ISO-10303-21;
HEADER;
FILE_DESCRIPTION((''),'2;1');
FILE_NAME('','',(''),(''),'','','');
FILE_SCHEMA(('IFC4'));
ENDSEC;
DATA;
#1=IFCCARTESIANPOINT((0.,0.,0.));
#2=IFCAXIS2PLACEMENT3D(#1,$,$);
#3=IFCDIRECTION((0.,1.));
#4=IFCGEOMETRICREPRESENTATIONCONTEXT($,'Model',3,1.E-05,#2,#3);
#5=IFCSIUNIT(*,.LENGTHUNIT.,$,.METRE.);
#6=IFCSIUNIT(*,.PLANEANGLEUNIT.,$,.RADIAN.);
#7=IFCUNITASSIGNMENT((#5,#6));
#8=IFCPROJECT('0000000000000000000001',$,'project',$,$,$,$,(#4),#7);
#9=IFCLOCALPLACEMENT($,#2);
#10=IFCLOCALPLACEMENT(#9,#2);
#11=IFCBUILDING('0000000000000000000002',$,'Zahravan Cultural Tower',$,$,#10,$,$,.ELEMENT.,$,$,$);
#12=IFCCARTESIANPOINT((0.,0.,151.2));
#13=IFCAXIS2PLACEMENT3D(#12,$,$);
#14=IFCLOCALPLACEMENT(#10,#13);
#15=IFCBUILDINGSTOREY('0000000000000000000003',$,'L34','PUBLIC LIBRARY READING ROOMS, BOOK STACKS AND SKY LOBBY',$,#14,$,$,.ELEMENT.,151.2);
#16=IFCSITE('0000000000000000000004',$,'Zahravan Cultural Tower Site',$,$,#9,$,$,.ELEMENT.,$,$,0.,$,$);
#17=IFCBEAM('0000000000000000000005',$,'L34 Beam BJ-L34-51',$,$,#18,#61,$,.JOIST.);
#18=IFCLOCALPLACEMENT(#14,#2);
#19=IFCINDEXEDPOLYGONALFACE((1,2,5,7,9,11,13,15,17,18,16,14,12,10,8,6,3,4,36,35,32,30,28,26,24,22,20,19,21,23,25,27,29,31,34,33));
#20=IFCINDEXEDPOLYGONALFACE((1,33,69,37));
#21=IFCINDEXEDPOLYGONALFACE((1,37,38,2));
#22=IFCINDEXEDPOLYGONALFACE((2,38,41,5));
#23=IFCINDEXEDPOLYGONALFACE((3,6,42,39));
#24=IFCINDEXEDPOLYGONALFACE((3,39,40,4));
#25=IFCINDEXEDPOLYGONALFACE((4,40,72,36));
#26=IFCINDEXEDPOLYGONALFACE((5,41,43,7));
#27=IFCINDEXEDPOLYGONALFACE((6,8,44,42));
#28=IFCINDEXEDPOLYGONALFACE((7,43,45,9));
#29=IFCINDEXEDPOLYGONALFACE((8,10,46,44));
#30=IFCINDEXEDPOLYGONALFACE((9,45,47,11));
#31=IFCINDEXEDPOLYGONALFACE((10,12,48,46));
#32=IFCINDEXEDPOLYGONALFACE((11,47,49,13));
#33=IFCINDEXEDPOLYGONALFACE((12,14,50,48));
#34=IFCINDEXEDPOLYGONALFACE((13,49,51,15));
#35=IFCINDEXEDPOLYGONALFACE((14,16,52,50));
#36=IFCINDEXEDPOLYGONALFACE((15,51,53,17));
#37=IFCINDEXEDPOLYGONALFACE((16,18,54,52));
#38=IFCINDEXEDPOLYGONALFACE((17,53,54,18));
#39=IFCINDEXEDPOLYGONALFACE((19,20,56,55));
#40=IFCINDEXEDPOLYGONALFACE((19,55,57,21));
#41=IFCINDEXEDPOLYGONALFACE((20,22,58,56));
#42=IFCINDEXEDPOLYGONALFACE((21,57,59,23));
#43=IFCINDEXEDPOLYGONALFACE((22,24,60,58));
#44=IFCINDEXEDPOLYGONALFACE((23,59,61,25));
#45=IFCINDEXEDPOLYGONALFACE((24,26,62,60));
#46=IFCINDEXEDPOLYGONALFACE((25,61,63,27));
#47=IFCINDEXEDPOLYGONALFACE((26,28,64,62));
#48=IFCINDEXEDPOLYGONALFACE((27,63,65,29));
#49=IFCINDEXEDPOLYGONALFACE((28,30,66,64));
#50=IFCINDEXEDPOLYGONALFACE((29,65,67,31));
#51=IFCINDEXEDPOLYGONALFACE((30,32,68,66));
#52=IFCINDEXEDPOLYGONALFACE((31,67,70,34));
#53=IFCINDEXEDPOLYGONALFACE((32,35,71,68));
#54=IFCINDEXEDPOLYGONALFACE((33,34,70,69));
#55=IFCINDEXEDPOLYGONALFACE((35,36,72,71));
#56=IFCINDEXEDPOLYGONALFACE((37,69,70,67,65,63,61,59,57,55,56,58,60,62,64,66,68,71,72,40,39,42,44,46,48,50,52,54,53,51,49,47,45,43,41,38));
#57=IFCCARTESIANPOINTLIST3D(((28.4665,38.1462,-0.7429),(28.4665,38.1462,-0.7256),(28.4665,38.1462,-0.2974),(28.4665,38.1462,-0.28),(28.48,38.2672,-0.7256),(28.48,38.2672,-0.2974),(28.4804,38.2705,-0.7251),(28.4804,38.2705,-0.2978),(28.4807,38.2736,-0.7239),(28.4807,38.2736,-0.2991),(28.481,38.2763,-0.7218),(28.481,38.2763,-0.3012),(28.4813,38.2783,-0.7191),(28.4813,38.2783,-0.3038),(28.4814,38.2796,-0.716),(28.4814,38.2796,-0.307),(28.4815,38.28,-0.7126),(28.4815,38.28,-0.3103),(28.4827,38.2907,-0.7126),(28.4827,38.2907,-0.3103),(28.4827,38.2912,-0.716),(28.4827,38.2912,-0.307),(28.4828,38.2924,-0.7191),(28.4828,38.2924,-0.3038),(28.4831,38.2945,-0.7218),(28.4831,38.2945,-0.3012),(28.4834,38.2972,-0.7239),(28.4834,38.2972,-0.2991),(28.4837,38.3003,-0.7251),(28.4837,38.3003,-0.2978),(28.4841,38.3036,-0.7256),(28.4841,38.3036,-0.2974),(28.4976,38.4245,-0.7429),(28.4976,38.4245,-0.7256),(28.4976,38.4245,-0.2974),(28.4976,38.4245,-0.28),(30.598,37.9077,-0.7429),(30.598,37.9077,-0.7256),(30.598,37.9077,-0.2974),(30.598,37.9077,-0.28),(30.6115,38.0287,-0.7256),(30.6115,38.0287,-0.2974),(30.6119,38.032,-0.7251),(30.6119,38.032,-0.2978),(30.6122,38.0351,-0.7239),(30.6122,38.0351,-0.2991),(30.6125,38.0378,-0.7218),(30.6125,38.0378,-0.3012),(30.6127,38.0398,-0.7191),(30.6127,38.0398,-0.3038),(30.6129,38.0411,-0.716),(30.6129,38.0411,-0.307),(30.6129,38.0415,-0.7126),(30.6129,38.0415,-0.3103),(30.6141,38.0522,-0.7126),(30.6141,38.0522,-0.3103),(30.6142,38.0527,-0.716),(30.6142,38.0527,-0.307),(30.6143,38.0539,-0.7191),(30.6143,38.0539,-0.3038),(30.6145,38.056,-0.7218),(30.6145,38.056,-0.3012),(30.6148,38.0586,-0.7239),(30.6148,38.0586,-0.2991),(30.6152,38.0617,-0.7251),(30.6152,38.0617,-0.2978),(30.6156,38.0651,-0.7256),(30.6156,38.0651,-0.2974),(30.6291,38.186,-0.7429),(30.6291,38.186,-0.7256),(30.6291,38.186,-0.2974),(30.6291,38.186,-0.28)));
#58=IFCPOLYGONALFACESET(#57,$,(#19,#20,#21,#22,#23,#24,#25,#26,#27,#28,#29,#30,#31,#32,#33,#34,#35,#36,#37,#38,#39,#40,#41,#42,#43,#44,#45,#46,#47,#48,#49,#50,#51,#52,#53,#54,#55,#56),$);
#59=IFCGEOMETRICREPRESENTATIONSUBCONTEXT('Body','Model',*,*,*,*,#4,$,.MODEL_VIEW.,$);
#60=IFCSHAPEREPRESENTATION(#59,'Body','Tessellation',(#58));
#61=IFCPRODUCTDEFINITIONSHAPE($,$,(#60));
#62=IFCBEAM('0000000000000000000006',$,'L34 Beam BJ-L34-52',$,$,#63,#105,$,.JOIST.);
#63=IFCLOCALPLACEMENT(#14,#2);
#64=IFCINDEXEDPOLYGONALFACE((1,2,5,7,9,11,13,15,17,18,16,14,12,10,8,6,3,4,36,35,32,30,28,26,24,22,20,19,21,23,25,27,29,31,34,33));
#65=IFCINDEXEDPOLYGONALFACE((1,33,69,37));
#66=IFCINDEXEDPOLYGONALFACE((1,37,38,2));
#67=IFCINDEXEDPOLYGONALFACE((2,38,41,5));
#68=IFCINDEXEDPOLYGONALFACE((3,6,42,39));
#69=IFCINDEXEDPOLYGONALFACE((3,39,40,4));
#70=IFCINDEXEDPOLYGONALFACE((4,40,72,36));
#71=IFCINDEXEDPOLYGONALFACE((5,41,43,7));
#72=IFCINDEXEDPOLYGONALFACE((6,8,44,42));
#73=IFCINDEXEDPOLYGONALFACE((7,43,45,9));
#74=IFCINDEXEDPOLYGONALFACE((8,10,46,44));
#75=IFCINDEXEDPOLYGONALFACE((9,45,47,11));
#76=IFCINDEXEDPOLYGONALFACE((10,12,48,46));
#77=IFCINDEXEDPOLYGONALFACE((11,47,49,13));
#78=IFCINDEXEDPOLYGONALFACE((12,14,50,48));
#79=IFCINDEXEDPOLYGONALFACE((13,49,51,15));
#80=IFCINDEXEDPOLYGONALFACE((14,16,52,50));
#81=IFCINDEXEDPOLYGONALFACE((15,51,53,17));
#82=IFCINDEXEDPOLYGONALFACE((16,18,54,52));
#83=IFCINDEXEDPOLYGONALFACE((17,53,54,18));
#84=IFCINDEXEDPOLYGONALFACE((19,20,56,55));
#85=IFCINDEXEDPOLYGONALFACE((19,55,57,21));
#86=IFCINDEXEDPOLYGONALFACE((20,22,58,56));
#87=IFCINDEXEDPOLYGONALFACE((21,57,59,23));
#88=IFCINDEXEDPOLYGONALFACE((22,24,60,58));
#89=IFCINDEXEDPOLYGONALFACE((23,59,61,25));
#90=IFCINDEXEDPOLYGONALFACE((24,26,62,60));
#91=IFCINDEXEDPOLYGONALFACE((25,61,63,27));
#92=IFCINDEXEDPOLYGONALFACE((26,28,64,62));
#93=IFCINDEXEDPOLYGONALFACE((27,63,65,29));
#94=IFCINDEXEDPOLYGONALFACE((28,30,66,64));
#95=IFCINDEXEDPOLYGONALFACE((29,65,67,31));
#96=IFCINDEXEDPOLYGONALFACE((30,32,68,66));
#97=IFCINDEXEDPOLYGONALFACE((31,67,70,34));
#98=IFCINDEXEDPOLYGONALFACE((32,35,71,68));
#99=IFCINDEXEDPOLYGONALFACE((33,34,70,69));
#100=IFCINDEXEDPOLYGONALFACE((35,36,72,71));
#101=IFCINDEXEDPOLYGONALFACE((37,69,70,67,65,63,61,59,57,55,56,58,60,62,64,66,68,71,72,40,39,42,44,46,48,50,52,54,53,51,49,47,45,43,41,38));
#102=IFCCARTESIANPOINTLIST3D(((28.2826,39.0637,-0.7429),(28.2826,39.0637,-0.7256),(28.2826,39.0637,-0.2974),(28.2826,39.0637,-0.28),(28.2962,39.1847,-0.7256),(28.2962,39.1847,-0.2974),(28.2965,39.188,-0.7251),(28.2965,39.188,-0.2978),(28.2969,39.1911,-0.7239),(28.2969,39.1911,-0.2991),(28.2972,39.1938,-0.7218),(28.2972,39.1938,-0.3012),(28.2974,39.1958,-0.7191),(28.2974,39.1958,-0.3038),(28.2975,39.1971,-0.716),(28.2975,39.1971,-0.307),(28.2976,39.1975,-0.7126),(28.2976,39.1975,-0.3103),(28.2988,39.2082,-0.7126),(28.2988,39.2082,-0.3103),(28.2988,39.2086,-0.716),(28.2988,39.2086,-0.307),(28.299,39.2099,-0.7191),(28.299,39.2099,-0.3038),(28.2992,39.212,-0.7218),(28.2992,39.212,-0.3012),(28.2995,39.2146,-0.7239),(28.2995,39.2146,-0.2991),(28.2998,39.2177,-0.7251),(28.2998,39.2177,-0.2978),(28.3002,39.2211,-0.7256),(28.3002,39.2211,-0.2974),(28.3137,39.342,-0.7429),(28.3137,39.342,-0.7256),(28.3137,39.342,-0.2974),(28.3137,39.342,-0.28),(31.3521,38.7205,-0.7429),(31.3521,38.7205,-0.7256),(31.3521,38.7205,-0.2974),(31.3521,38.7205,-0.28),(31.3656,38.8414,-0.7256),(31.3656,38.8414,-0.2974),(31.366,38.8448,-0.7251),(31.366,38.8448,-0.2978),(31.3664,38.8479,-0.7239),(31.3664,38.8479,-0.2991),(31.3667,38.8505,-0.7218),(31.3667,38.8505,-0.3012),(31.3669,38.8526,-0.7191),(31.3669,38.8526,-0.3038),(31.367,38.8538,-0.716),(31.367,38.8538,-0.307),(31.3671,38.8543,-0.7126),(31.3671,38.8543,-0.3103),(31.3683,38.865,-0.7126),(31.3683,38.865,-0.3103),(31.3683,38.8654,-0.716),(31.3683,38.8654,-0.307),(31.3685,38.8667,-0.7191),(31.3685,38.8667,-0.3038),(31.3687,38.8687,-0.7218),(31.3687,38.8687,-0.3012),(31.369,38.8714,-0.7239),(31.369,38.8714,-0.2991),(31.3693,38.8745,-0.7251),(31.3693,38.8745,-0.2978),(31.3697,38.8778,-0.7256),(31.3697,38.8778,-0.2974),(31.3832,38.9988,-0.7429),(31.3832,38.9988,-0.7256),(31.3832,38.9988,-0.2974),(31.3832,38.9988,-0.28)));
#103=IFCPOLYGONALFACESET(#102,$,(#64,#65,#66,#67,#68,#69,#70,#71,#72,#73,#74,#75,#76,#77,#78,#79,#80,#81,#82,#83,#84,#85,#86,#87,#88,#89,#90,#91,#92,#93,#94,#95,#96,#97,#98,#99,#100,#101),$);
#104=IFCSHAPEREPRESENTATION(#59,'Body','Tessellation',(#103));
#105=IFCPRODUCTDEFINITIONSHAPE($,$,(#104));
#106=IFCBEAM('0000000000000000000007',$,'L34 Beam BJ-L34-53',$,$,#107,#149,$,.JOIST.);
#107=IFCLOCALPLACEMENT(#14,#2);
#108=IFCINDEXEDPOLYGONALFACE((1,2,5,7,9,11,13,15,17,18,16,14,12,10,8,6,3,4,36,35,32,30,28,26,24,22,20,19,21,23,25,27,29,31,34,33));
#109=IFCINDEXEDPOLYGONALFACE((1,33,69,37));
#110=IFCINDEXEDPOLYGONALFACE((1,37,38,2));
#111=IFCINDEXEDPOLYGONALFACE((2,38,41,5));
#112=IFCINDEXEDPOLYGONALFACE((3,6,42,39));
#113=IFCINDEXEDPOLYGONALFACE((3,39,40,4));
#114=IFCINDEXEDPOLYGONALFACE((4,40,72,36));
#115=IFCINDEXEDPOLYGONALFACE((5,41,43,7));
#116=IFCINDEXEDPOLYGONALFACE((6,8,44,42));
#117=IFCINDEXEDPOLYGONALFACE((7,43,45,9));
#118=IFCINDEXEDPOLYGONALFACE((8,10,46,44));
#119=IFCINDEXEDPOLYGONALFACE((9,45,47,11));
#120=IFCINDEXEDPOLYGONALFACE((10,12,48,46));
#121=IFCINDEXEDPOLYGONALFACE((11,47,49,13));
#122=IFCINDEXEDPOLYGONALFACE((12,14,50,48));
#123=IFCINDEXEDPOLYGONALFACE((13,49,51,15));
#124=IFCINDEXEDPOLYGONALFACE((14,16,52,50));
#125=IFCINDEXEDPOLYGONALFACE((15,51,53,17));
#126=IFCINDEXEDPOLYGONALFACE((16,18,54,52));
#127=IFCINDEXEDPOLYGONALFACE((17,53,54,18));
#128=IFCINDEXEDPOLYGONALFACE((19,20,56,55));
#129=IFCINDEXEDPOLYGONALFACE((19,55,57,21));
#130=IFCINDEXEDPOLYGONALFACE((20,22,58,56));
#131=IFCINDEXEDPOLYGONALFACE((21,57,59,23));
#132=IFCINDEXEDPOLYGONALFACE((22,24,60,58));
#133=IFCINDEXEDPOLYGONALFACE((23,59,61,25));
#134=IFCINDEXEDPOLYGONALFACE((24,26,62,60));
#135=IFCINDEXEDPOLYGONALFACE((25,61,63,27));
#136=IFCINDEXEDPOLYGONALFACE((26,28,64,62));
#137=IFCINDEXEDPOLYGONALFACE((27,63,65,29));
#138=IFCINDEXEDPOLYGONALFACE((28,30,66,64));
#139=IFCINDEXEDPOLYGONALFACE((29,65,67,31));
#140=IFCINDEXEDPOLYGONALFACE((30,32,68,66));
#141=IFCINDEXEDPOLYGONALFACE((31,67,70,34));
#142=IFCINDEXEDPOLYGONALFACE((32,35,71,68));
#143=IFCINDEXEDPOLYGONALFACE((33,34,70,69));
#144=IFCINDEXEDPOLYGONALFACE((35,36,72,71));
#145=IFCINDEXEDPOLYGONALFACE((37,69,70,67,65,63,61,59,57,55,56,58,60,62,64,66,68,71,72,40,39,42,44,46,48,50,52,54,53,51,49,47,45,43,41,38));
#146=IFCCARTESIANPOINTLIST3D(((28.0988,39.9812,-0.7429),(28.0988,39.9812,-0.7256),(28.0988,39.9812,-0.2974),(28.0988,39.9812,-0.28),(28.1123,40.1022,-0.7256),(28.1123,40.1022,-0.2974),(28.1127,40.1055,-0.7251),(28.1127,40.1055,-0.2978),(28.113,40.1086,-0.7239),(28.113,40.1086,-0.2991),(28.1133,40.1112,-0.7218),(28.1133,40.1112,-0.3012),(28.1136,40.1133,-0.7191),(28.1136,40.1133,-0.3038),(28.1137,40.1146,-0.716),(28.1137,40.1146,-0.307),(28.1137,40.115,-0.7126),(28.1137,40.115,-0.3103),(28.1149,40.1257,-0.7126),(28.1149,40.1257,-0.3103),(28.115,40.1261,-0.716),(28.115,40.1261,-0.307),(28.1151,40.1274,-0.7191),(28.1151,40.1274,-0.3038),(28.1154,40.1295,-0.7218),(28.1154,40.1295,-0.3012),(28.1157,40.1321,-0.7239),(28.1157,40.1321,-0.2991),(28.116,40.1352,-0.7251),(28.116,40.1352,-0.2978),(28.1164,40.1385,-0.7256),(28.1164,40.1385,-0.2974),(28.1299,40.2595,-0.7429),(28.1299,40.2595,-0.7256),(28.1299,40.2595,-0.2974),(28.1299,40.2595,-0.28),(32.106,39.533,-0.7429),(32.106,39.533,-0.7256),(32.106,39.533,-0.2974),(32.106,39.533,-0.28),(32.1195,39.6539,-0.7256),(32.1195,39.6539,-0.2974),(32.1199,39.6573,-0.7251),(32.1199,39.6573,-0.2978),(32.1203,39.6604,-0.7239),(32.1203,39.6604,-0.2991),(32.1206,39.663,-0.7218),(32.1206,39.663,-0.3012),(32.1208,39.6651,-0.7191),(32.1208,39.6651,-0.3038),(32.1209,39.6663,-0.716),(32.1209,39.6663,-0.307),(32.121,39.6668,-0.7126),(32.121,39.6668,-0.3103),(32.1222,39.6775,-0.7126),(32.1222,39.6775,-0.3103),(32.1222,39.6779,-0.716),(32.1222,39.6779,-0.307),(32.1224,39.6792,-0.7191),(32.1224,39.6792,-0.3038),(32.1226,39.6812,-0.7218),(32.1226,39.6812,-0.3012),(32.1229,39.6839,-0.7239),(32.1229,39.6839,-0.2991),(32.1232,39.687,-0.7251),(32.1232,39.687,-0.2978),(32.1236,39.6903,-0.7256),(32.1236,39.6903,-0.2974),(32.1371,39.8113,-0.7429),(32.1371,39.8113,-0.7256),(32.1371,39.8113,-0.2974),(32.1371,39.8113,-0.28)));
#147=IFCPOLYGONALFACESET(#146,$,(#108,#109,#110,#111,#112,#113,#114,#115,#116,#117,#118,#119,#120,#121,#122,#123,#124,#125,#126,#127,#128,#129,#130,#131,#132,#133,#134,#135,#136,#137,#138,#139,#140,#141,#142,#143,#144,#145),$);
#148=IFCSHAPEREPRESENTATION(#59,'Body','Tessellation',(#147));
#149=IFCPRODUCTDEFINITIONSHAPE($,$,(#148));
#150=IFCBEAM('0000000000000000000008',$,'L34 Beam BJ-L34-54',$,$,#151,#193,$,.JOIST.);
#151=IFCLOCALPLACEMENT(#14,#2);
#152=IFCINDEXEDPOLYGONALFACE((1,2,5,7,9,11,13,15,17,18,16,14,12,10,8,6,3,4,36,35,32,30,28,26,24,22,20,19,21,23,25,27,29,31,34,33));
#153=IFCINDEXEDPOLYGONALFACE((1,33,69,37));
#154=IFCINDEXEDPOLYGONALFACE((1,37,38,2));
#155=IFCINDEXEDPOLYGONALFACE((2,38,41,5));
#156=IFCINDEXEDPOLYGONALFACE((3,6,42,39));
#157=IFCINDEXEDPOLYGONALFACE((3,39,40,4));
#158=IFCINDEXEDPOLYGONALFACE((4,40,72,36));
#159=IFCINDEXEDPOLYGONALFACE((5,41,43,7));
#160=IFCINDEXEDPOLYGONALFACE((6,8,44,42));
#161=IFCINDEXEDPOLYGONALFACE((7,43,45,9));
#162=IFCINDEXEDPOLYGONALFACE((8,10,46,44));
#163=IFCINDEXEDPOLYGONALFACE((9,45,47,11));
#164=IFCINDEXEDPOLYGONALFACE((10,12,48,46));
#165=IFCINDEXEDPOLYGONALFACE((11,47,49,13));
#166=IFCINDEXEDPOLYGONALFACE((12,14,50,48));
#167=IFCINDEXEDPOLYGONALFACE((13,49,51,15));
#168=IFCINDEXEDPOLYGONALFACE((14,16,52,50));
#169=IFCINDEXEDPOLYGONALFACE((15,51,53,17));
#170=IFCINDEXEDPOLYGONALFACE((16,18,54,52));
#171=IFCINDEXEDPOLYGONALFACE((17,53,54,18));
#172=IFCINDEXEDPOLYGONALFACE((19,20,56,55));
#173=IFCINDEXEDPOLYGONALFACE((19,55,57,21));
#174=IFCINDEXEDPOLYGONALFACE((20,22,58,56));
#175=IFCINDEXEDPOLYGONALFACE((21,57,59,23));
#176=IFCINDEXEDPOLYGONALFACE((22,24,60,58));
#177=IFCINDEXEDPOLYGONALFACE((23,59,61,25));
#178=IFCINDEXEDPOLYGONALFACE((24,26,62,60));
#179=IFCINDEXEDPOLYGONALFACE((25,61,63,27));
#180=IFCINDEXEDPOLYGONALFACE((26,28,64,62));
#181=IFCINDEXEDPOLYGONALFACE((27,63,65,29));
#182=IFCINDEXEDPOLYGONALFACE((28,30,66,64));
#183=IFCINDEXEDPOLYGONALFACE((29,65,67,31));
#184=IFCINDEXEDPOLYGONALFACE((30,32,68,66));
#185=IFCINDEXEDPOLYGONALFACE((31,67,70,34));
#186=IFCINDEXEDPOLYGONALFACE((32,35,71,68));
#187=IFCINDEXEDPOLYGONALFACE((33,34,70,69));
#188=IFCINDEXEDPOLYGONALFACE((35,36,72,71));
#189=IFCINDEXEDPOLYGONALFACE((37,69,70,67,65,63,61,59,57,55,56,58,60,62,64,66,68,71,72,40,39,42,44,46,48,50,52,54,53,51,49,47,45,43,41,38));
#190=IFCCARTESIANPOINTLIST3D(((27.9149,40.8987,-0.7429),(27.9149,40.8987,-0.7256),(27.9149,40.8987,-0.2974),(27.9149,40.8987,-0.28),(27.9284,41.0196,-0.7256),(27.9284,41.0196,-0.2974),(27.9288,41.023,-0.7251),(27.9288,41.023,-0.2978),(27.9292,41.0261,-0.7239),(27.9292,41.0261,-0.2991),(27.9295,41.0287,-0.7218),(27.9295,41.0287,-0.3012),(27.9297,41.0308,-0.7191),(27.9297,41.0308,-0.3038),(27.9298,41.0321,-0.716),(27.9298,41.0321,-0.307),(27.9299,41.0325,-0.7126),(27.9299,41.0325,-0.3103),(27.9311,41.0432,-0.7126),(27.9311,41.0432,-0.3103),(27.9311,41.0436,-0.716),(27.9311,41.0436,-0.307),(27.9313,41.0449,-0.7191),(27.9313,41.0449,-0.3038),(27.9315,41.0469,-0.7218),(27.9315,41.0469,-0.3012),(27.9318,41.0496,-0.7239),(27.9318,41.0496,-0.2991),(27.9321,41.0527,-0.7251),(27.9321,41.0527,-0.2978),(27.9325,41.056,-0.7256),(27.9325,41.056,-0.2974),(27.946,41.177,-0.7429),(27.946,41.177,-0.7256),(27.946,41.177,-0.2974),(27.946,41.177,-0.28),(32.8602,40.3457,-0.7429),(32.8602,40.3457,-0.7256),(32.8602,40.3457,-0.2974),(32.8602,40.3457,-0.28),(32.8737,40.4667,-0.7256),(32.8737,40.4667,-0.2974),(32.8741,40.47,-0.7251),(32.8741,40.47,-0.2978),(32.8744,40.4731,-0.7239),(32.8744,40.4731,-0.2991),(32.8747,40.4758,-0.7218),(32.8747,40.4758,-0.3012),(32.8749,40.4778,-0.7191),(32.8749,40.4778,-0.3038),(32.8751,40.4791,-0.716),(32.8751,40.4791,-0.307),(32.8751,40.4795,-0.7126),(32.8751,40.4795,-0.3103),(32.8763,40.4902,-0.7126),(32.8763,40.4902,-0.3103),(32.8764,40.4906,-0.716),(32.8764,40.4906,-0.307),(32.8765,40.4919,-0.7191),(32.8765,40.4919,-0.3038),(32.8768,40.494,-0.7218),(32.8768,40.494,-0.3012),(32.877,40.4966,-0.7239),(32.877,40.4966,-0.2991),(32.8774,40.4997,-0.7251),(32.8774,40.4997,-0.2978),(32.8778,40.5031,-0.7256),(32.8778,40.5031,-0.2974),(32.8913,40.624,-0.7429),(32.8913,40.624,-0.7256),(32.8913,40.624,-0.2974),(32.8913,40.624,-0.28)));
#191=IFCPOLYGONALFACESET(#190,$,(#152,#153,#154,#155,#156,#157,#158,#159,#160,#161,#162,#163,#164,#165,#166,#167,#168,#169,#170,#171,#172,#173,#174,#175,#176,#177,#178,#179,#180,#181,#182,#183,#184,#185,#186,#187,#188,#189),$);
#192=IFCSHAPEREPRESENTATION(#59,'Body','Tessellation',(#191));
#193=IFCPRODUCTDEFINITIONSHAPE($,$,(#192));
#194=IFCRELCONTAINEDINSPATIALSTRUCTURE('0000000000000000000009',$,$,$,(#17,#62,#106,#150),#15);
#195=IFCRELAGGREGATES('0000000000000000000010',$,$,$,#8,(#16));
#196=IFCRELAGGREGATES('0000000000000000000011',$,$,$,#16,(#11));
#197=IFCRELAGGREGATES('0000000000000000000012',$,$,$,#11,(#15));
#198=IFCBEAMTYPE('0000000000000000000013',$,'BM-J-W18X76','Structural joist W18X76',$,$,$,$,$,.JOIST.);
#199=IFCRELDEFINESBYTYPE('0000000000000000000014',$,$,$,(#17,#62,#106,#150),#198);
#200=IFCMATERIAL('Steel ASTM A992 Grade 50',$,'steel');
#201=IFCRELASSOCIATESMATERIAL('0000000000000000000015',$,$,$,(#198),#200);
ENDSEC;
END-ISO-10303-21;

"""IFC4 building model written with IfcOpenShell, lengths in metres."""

from ifc_helpers import new_model, si_unit, direction, frame, origin, origin_2d, place, context, subcontext, project, spatial, i_section, extrude, source, transform, mapped, material, material_profile, profile_set, type_object, element, save


model = new_model("IFC4")

# Units and contexts
model_context = context("Model", 3, precision=1e-05, world=origin(), true_north=direction((0.0, 1.0)))
body_context = subcontext(model_context, "Body", "Model", "MODEL_VIEW")
ifc_project = project(units=[si_unit("LENGTHUNIT", "METRE"), si_unit("PLANEANGLEUNIT", "RADIAN")], contexts=[model_context])

# Site, building, storey
site_placement = place(None, origin())
site = spatial("IfcSite", under=ifc_project, at=site_placement, Name="Zahravan Cultural Tower Site", CompositionType="ELEMENT", RefElevation=0.0)
building_placement = place(site_placement, origin())
building = spatial("IfcBuilding", under=site, at=building_placement, Name="Zahravan Cultural Tower", CompositionType="ELEMENT")
storey_placement = place(building_placement, frame((0.0, 0.0, 151.2)))
storey = spatial("IfcBuildingStorey", under=building, at=storey_placement, Name="L34", Description="PUBLIC LIBRARY READING ROOMS, BOOK STACKS AND SKY LOBBY", CompositionType="ELEMENT", Elevation=151.2)

# Shared definitions
ifc_material_1 = material(Name="Steel ASTM A992 Grade 50", Category="steel")

# Beams
ifc_material_profile_1 = material_profile(ifc_material_1, i_section(OverallWidth=0.28, OverallDepth=0.4629, WebThickness=0.0107, FlangeThickness=0.0173, FilletRadius=0.0129, at=origin_2d()), Name="W18X76")
ifc_profile_set_1 = profile_set([ifc_material_profile_1], Name="Steel ASTM A992 Grade 50")
beam_type_1 = type_object("IfcBeamType", Name="BM-J-W18X76", Description="Structural joist W18X76", PredefinedType="JOIST", material=ifc_profile_set_1)
shared_shape_1 = source(origin(), body_context, "Body", "SweptSolid", [
    extrude(i_section(OverallWidth=0.28, OverallDepth=0.4629, WebThickness=0.0107, FlangeThickness=0.0173, FilletRadius=0.0129, at=origin_2d()), origin(), (0.0, 0.0, 1.0), 2.1448),
])
beam_1_placement = place(storey_placement, frame((30.6135, 38.0469, -0.5115), z_axis=(-0.993797, 0.111206, 0.0), x_axis=(-0.111206, -0.993797, 0.0)))
element("IfcBeam", 1, at=beam_1_placement, inside=storey, type_object=beam_type_1, Name="L34 Beam BJ-L34-51", PredefinedType="JOIST", context=body_context, shape_type="MappedRepresentation", body=[
    mapped(shared_shape_1, transform((0.0, 0.0, 0.0), x_axis=(1.0, 0.0, 0.0), y_axis=(0.0, 1.0, 0.0), z_axis=(0.0, 0.0, 1.0), scale=1.0)),
])
shared_shape_2 = source(origin(), body_context, "Body", "SweptSolid", [
    extrude(i_section(OverallWidth=0.28, OverallDepth=0.4629, WebThickness=0.0107, FlangeThickness=0.0173, FilletRadius=0.0129, at=origin_2d()), origin(), (0.0, 0.0, 1.0), 3.0886),
])
beam_2_placement = place(storey_placement, frame((31.3677, 38.8596, -0.5115), z_axis=(-0.993805, 0.111134, 0.0), x_axis=(-0.111134, -0.993805, 0.0)))
element("IfcBeam", 2, at=beam_2_placement, inside=storey, type_object=beam_type_1, Name="L34 Beam BJ-L34-52", PredefinedType="JOIST", context=body_context, shape_type="MappedRepresentation", body=[
    mapped(shared_shape_2, transform((0.0, 0.0, 0.0), x_axis=(1.0, 0.0, 0.0), y_axis=(0.0, 1.0, 0.0), z_axis=(0.0, 0.0, 1.0), scale=1.0)),
])
shared_shape_3 = source(origin(), body_context, "Body", "SweptSolid", [
    extrude(i_section(OverallWidth=0.28, OverallDepth=0.4629, WebThickness=0.0107, FlangeThickness=0.0173, FilletRadius=0.0129, at=origin_2d()), origin(), (0.0, 0.0, 1.0), 4.0322),
])
beam_3_placement = place(storey_placement, frame((32.1216, 39.6721, -0.5115), z_axis=(-0.993802, 0.111162, 0.0), x_axis=(-0.111162, -0.993802, 0.0)))
element("IfcBeam", 3, at=beam_3_placement, inside=storey, type_object=beam_type_1, Name="L34 Beam BJ-L34-53", PredefinedType="JOIST", context=body_context, shape_type="MappedRepresentation", body=[
    mapped(shared_shape_3, transform((0.0, 0.0, 0.0), x_axis=(1.0, 0.0, 0.0), y_axis=(0.0, 1.0, 0.0), z_axis=(0.0, 0.0, 1.0), scale=1.0)),
])
shared_shape_4 = source(origin(), body_context, "Body", "SweptSolid", [
    extrude(i_section(OverallWidth=0.28, OverallDepth=0.4629, WebThickness=0.0107, FlangeThickness=0.0173, FilletRadius=0.0129, at=origin_2d()), origin(), (0.0, 0.0, 1.0), 4.9761),
])
beam_4_placement = place(storey_placement, frame((32.8757, 40.4849, -0.5115), z_axis=(-0.993806, 0.111126, 0.0), x_axis=(-0.111126, -0.993806, 0.0)))
element("IfcBeam", 4, at=beam_4_placement, inside=storey, type_object=beam_type_1, Name="L34 Beam BJ-L34-54", PredefinedType="JOIST", context=body_context, shape_type="MappedRepresentation", body=[
    mapped(shared_shape_4, transform((0.0, 0.0, 0.0), x_axis=(1.0, 0.0, 0.0), y_axis=(0.0, 1.0, 0.0), z_axis=(0.0, 0.0, 1.0), scale=1.0)),
])

save(model, "model.ifc")
